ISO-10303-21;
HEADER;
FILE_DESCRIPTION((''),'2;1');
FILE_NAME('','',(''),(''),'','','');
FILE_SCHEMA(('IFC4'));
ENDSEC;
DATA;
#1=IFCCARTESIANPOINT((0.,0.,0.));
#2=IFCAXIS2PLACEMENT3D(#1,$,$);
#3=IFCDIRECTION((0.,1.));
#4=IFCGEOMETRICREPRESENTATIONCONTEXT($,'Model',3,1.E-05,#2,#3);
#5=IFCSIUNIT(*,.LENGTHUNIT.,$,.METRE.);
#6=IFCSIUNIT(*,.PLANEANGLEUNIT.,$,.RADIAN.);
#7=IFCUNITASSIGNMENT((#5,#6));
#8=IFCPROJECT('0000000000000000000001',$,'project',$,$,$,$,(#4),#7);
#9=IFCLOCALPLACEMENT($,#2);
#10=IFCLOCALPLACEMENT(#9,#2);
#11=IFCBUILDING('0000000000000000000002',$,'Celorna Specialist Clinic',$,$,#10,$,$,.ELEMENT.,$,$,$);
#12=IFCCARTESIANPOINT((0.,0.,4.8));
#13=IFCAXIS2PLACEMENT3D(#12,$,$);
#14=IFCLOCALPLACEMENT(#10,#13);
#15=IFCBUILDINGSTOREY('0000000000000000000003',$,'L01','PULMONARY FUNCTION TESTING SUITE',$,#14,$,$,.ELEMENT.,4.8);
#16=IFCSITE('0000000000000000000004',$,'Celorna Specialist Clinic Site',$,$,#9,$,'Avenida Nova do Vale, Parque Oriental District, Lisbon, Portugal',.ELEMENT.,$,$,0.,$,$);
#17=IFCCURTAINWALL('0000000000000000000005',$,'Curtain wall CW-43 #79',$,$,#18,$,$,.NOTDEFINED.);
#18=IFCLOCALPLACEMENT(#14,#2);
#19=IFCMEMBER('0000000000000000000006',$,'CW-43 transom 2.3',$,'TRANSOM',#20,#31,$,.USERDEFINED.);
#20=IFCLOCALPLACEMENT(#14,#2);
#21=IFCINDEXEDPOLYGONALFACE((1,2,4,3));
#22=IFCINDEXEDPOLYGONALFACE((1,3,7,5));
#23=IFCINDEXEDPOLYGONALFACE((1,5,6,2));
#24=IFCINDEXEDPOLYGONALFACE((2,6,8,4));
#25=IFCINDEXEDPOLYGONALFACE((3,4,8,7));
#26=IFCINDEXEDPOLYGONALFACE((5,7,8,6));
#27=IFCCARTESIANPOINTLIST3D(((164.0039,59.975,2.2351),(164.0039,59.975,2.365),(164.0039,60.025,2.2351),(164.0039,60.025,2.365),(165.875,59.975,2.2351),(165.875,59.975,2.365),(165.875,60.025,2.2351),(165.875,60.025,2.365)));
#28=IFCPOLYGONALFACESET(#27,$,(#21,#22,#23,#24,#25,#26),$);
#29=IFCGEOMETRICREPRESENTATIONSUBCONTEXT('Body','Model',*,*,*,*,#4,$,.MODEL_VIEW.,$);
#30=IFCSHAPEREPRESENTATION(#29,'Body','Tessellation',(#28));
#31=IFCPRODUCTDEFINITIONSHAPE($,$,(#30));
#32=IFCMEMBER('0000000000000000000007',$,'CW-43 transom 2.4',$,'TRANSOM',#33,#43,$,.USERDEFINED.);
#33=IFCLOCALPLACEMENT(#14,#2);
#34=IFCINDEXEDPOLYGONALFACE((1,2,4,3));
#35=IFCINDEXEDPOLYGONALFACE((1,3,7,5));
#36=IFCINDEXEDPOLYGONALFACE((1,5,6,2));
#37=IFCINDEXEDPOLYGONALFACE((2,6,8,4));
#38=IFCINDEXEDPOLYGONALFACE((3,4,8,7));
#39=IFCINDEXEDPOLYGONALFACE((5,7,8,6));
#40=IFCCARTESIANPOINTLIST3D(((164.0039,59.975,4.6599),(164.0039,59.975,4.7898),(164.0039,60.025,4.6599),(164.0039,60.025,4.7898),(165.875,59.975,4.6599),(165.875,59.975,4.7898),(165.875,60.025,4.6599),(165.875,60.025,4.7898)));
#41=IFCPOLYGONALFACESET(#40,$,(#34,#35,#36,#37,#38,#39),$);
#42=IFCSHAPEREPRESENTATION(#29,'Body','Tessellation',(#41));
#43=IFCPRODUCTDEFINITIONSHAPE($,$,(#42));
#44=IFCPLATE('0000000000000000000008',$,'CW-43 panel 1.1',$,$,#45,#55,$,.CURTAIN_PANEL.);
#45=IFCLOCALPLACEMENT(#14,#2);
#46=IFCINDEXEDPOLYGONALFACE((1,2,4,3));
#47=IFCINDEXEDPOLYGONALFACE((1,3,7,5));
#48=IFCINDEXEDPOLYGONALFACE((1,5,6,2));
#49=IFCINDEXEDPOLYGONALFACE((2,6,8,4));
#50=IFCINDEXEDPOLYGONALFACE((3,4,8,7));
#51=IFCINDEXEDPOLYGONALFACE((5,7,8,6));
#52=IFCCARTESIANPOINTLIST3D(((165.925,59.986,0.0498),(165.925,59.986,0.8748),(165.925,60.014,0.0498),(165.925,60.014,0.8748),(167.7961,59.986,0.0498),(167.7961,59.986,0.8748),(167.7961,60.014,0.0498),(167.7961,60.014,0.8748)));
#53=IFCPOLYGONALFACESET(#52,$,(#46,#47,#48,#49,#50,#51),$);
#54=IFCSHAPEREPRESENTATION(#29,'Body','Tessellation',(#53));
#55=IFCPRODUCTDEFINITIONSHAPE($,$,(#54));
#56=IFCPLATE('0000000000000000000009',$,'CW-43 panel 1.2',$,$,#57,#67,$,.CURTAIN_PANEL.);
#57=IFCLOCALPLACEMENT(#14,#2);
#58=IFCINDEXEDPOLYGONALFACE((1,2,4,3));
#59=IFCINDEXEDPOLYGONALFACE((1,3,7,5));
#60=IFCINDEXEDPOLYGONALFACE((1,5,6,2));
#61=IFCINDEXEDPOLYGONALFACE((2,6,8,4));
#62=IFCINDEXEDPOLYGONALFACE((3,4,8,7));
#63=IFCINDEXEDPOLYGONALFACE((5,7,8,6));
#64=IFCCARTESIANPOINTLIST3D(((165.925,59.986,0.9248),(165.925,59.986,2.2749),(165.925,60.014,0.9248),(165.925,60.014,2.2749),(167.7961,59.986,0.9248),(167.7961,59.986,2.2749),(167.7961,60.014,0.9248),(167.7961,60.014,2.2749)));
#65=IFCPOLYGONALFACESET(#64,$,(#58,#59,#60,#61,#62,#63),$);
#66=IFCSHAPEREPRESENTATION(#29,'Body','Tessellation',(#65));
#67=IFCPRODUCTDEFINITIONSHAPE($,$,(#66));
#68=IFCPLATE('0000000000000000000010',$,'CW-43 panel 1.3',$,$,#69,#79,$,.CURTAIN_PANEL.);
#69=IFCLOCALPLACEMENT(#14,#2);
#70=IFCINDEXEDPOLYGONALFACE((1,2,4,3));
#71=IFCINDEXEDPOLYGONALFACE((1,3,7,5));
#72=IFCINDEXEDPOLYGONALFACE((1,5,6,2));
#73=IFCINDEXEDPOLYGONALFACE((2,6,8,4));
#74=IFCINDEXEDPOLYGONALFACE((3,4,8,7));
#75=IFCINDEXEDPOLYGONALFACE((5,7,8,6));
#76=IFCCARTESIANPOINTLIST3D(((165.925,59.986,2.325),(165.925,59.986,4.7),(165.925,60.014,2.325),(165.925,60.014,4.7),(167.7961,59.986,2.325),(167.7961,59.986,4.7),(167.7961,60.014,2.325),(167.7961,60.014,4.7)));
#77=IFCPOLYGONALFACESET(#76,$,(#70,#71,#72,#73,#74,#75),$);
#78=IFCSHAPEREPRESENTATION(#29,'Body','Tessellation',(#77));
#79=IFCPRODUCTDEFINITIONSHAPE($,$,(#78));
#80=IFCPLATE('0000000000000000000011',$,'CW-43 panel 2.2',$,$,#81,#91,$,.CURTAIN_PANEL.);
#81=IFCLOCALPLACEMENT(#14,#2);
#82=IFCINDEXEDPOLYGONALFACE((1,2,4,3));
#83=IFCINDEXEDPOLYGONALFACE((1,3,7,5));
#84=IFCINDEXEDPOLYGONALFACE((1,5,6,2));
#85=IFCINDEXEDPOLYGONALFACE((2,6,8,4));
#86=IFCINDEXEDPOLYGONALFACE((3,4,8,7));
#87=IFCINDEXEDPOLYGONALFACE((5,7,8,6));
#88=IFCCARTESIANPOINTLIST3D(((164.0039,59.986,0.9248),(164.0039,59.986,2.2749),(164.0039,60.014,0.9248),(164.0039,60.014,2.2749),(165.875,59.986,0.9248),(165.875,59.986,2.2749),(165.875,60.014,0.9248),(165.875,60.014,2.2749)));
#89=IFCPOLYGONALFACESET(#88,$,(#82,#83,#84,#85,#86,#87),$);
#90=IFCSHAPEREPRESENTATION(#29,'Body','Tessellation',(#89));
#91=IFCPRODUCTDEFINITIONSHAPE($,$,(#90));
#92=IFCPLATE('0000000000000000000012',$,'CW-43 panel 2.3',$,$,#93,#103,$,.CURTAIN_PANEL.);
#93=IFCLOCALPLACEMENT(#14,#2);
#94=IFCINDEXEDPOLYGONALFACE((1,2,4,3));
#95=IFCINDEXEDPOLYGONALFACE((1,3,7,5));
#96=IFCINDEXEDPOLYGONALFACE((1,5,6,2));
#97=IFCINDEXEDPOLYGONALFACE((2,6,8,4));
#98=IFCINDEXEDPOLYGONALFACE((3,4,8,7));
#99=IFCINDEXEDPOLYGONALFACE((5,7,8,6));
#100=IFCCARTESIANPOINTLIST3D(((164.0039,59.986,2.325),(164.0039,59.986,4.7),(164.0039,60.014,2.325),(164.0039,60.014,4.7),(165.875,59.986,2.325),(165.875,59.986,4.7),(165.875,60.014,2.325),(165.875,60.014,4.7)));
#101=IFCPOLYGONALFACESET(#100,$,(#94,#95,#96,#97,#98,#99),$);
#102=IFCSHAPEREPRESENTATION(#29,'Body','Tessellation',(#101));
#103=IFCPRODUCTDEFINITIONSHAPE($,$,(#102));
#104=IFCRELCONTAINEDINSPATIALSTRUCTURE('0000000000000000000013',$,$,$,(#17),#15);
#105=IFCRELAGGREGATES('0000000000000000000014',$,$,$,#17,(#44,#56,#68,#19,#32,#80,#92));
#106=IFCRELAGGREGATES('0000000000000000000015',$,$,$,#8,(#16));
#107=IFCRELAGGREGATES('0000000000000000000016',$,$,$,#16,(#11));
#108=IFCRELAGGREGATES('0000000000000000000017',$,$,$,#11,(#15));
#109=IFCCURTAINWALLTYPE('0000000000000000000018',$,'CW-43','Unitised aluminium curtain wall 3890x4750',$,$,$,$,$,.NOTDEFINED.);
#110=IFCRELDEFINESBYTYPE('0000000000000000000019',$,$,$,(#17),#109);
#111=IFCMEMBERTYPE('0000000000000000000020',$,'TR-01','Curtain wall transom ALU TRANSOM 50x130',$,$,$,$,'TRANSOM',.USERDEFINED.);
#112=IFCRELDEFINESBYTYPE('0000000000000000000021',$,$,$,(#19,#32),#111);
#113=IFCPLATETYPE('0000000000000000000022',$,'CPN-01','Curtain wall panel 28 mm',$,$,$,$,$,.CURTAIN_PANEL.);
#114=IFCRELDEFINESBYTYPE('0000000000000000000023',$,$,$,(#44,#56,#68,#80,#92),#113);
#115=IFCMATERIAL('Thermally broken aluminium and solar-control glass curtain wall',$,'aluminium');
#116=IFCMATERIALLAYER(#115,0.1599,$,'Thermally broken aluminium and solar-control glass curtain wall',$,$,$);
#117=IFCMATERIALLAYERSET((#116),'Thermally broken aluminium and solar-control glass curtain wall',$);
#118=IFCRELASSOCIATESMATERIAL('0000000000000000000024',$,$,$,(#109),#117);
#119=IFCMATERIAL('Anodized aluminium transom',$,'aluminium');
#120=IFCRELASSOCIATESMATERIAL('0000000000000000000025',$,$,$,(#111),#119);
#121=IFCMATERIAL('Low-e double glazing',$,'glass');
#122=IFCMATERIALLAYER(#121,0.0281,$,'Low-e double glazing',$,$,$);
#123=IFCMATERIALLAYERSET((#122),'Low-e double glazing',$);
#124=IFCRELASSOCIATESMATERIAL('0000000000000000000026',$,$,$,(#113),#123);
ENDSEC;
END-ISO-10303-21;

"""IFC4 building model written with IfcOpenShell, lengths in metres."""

from ifc_helpers import new_model, si_unit, direction, frame, origin, origin_2d, place, context, subcontext, project, spatial, rectangle, extrude, material, layer, layer_set, material_profile, profile_set, type_object, element, aggregate, save


model = new_model("IFC4")

# Units and contexts
model_context = context("Model", 3, precision=1e-05, world=origin(), true_north=direction((0.0, 1.0)))
body_context = subcontext(model_context, "Body", "Model", "MODEL_VIEW")
ifc_project = project(units=[si_unit("LENGTHUNIT", "METRE"), si_unit("PLANEANGLEUNIT", "RADIAN")], contexts=[model_context])

# Site, building, storey
site_placement = place(None, origin())
site = spatial("IfcSite", under=ifc_project, at=site_placement, Name="Celorna Specialist Clinic Site", LongName="Avenida Nova do Vale, Parque Oriental District, Lisbon, Portugal", CompositionType="ELEMENT", RefElevation=0.0)
building_placement = place(site_placement, origin())
building = spatial("IfcBuilding", under=site, at=building_placement, Name="Celorna Specialist Clinic", CompositionType="ELEMENT")
storey_placement = place(building_placement, frame((0.0, 0.0, 4.8)))
storey = spatial("IfcBuildingStorey", under=building, at=storey_placement, Name="L01", Description="PULMONARY FUNCTION TESTING SUITE", CompositionType="ELEMENT", Elevation=4.8)

# Curtain wall, members, plates
ifc_material_1 = material(Name="Thermally broken aluminium and solar-control glass curtain wall", Category="aluminium")
ifc_layer_1 = layer(ifc_material_1, 0.1599, Name="Thermally broken aluminium and solar-control glass curtain wall")
ifc_layer_set_1 = layer_set([ifc_layer_1], Name="Thermally broken aluminium and solar-control glass curtain wall")
curtain_wall_type = type_object("IfcCurtainWallType", Name="CW-43", Description="Unitised aluminium curtain wall 3890x4750", PredefinedType="NOTDEFINED", material=ifc_layer_set_1)
curtain_wall_placement = place(storey_placement, origin())
curtain_wall = element("IfcCurtainWall", 1, at=curtain_wall_placement, inside=storey, type_object=curtain_wall_type, Name="Curtain wall CW-43 #79", PredefinedType="NOTDEFINED")
ifc_material_2 = material(Name="Anodized aluminium transom", Category="aluminium")
ifc_material_profile_1 = material_profile(ifc_material_2, rectangle(XDim=0.05, YDim=0.1299, at=origin_2d()), Name="ALU TRANSOM 50x130")
ifc_profile_set_1 = profile_set([ifc_material_profile_1], Name="Anodized aluminium transom")
member_type_1 = type_object("IfcMemberType", Name="TR-01", Description="Curtain wall transom ALU TRANSOM 50x130", ElementType="TRANSOM", PredefinedType="USERDEFINED", material=ifc_profile_set_1)
member_1_placement = place(storey_placement, frame((165.875, 60.0, 2.3), z_axis=(-1.0, 0.0, 0.0), x_axis=(0.0, -1.0, 0.0)))
member_1 = element("IfcMember", 2, at=member_1_placement, type_object=member_type_1, Name="CW-43 transom 2.3", ObjectType="TRANSOM", PredefinedType="USERDEFINED", context=body_context, shape_type="SweptSolid", body=[
    extrude(rectangle(XDim=0.05, YDim=0.1299, at=origin_2d()), origin(), (0.0, 0.0, 1.0), 1.8711),
])
member_2_placement = place(storey_placement, frame((165.875, 60.0, 4.7249), z_axis=(-1.0, 0.0, 0.0), x_axis=(0.0, -1.0, 0.0)))
member_2 = element("IfcMember", 3, at=member_2_placement, type_object=member_type_1, Name="CW-43 transom 2.4", ObjectType="TRANSOM", PredefinedType="USERDEFINED", context=body_context, shape_type="SweptSolid", body=[
    extrude(rectangle(XDim=0.05, YDim=0.1299, at=origin_2d()), origin(), (0.0, 0.0, 1.0), 1.8711),
])
ifc_material_3 = material(Name="Low-e double glazing", Category="glass")
ifc_layer_2 = layer(ifc_material_3, 0.0281, Name="Low-e double glazing")
ifc_layer_set_2 = layer_set([ifc_layer_2], Name="Low-e double glazing")
plate_type = type_object("IfcPlateType", Name="CPN-01", Description="Curtain wall panel 28 mm", PredefinedType="CURTAIN_PANEL", material=ifc_layer_set_2)
plate_1_placement = place(storey_placement, frame((166.8606, 60.0, 0.0498), z_axis=(0.0, 0.0, 1.0), x_axis=(-1.0, 0.0, 0.0)))
plate_1 = element("IfcPlate", 4, at=plate_1_placement, type_object=plate_type, Name="CW-43 panel 1.1", PredefinedType="CURTAIN_PANEL", context=body_context, shape_type="SweptSolid", body=[
    extrude(rectangle(XDim=1.8711, YDim=0.0281, at=origin_2d()), origin(), (0.0, 0.0, 1.0), 0.825),
])
plate_2_placement = place(storey_placement, frame((166.8606, 60.0, 0.9248), z_axis=(0.0, 0.0, 1.0), x_axis=(-1.0, 0.0, 0.0)))
plate_2 = element("IfcPlate", 5, at=plate_2_placement, type_object=plate_type, Name="CW-43 panel 1.2", PredefinedType="CURTAIN_PANEL", context=body_context, shape_type="SweptSolid", body=[
    extrude(rectangle(XDim=1.8711, YDim=0.0281, at=origin_2d()), origin(), (0.0, 0.0, 1.0), 1.3501),
])
plate_3_placement = place(storey_placement, frame((166.8606, 60.0, 2.325), z_axis=(0.0, 0.0, 1.0), x_axis=(-1.0, 0.0, 0.0)))
plate_3 = element("IfcPlate", 6, at=plate_3_placement, type_object=plate_type, Name="CW-43 panel 1.3", PredefinedType="CURTAIN_PANEL", context=body_context, shape_type="SweptSolid", body=[
    extrude(rectangle(XDim=1.8711, YDim=0.0281, at=origin_2d()), origin(), (0.0, 0.0, 1.0), 2.375),
])
plate_4_placement = place(storey_placement, frame((164.9395, 60.0, 0.9248), z_axis=(0.0, 0.0, 1.0), x_axis=(-1.0, 0.0, 0.0)))
plate_4 = element("IfcPlate", 7, at=plate_4_placement, type_object=plate_type, Name="CW-43 panel 2.2", PredefinedType="CURTAIN_PANEL", context=body_context, shape_type="SweptSolid", body=[
    extrude(rectangle(XDim=1.8711, YDim=0.0281, at=origin_2d()), origin(), (0.0, 0.0, 1.0), 1.3501),
])
plate_5_placement = place(storey_placement, frame((164.9395, 60.0, 2.325), z_axis=(0.0, 0.0, 1.0), x_axis=(-1.0, 0.0, 0.0)))
plate_5 = element("IfcPlate", 8, at=plate_5_placement, type_object=plate_type, Name="CW-43 panel 2.3", PredefinedType="CURTAIN_PANEL", context=body_context, shape_type="SweptSolid", body=[
    extrude(rectangle(XDim=1.8711, YDim=0.0281, at=origin_2d()), origin(), (0.0, 0.0, 1.0), 2.375),
])
aggregate(curtain_wall, [plate_1, plate_2, plate_3, member_1, member_2, plate_4, plate_5])

save(model, "model.ifc")
